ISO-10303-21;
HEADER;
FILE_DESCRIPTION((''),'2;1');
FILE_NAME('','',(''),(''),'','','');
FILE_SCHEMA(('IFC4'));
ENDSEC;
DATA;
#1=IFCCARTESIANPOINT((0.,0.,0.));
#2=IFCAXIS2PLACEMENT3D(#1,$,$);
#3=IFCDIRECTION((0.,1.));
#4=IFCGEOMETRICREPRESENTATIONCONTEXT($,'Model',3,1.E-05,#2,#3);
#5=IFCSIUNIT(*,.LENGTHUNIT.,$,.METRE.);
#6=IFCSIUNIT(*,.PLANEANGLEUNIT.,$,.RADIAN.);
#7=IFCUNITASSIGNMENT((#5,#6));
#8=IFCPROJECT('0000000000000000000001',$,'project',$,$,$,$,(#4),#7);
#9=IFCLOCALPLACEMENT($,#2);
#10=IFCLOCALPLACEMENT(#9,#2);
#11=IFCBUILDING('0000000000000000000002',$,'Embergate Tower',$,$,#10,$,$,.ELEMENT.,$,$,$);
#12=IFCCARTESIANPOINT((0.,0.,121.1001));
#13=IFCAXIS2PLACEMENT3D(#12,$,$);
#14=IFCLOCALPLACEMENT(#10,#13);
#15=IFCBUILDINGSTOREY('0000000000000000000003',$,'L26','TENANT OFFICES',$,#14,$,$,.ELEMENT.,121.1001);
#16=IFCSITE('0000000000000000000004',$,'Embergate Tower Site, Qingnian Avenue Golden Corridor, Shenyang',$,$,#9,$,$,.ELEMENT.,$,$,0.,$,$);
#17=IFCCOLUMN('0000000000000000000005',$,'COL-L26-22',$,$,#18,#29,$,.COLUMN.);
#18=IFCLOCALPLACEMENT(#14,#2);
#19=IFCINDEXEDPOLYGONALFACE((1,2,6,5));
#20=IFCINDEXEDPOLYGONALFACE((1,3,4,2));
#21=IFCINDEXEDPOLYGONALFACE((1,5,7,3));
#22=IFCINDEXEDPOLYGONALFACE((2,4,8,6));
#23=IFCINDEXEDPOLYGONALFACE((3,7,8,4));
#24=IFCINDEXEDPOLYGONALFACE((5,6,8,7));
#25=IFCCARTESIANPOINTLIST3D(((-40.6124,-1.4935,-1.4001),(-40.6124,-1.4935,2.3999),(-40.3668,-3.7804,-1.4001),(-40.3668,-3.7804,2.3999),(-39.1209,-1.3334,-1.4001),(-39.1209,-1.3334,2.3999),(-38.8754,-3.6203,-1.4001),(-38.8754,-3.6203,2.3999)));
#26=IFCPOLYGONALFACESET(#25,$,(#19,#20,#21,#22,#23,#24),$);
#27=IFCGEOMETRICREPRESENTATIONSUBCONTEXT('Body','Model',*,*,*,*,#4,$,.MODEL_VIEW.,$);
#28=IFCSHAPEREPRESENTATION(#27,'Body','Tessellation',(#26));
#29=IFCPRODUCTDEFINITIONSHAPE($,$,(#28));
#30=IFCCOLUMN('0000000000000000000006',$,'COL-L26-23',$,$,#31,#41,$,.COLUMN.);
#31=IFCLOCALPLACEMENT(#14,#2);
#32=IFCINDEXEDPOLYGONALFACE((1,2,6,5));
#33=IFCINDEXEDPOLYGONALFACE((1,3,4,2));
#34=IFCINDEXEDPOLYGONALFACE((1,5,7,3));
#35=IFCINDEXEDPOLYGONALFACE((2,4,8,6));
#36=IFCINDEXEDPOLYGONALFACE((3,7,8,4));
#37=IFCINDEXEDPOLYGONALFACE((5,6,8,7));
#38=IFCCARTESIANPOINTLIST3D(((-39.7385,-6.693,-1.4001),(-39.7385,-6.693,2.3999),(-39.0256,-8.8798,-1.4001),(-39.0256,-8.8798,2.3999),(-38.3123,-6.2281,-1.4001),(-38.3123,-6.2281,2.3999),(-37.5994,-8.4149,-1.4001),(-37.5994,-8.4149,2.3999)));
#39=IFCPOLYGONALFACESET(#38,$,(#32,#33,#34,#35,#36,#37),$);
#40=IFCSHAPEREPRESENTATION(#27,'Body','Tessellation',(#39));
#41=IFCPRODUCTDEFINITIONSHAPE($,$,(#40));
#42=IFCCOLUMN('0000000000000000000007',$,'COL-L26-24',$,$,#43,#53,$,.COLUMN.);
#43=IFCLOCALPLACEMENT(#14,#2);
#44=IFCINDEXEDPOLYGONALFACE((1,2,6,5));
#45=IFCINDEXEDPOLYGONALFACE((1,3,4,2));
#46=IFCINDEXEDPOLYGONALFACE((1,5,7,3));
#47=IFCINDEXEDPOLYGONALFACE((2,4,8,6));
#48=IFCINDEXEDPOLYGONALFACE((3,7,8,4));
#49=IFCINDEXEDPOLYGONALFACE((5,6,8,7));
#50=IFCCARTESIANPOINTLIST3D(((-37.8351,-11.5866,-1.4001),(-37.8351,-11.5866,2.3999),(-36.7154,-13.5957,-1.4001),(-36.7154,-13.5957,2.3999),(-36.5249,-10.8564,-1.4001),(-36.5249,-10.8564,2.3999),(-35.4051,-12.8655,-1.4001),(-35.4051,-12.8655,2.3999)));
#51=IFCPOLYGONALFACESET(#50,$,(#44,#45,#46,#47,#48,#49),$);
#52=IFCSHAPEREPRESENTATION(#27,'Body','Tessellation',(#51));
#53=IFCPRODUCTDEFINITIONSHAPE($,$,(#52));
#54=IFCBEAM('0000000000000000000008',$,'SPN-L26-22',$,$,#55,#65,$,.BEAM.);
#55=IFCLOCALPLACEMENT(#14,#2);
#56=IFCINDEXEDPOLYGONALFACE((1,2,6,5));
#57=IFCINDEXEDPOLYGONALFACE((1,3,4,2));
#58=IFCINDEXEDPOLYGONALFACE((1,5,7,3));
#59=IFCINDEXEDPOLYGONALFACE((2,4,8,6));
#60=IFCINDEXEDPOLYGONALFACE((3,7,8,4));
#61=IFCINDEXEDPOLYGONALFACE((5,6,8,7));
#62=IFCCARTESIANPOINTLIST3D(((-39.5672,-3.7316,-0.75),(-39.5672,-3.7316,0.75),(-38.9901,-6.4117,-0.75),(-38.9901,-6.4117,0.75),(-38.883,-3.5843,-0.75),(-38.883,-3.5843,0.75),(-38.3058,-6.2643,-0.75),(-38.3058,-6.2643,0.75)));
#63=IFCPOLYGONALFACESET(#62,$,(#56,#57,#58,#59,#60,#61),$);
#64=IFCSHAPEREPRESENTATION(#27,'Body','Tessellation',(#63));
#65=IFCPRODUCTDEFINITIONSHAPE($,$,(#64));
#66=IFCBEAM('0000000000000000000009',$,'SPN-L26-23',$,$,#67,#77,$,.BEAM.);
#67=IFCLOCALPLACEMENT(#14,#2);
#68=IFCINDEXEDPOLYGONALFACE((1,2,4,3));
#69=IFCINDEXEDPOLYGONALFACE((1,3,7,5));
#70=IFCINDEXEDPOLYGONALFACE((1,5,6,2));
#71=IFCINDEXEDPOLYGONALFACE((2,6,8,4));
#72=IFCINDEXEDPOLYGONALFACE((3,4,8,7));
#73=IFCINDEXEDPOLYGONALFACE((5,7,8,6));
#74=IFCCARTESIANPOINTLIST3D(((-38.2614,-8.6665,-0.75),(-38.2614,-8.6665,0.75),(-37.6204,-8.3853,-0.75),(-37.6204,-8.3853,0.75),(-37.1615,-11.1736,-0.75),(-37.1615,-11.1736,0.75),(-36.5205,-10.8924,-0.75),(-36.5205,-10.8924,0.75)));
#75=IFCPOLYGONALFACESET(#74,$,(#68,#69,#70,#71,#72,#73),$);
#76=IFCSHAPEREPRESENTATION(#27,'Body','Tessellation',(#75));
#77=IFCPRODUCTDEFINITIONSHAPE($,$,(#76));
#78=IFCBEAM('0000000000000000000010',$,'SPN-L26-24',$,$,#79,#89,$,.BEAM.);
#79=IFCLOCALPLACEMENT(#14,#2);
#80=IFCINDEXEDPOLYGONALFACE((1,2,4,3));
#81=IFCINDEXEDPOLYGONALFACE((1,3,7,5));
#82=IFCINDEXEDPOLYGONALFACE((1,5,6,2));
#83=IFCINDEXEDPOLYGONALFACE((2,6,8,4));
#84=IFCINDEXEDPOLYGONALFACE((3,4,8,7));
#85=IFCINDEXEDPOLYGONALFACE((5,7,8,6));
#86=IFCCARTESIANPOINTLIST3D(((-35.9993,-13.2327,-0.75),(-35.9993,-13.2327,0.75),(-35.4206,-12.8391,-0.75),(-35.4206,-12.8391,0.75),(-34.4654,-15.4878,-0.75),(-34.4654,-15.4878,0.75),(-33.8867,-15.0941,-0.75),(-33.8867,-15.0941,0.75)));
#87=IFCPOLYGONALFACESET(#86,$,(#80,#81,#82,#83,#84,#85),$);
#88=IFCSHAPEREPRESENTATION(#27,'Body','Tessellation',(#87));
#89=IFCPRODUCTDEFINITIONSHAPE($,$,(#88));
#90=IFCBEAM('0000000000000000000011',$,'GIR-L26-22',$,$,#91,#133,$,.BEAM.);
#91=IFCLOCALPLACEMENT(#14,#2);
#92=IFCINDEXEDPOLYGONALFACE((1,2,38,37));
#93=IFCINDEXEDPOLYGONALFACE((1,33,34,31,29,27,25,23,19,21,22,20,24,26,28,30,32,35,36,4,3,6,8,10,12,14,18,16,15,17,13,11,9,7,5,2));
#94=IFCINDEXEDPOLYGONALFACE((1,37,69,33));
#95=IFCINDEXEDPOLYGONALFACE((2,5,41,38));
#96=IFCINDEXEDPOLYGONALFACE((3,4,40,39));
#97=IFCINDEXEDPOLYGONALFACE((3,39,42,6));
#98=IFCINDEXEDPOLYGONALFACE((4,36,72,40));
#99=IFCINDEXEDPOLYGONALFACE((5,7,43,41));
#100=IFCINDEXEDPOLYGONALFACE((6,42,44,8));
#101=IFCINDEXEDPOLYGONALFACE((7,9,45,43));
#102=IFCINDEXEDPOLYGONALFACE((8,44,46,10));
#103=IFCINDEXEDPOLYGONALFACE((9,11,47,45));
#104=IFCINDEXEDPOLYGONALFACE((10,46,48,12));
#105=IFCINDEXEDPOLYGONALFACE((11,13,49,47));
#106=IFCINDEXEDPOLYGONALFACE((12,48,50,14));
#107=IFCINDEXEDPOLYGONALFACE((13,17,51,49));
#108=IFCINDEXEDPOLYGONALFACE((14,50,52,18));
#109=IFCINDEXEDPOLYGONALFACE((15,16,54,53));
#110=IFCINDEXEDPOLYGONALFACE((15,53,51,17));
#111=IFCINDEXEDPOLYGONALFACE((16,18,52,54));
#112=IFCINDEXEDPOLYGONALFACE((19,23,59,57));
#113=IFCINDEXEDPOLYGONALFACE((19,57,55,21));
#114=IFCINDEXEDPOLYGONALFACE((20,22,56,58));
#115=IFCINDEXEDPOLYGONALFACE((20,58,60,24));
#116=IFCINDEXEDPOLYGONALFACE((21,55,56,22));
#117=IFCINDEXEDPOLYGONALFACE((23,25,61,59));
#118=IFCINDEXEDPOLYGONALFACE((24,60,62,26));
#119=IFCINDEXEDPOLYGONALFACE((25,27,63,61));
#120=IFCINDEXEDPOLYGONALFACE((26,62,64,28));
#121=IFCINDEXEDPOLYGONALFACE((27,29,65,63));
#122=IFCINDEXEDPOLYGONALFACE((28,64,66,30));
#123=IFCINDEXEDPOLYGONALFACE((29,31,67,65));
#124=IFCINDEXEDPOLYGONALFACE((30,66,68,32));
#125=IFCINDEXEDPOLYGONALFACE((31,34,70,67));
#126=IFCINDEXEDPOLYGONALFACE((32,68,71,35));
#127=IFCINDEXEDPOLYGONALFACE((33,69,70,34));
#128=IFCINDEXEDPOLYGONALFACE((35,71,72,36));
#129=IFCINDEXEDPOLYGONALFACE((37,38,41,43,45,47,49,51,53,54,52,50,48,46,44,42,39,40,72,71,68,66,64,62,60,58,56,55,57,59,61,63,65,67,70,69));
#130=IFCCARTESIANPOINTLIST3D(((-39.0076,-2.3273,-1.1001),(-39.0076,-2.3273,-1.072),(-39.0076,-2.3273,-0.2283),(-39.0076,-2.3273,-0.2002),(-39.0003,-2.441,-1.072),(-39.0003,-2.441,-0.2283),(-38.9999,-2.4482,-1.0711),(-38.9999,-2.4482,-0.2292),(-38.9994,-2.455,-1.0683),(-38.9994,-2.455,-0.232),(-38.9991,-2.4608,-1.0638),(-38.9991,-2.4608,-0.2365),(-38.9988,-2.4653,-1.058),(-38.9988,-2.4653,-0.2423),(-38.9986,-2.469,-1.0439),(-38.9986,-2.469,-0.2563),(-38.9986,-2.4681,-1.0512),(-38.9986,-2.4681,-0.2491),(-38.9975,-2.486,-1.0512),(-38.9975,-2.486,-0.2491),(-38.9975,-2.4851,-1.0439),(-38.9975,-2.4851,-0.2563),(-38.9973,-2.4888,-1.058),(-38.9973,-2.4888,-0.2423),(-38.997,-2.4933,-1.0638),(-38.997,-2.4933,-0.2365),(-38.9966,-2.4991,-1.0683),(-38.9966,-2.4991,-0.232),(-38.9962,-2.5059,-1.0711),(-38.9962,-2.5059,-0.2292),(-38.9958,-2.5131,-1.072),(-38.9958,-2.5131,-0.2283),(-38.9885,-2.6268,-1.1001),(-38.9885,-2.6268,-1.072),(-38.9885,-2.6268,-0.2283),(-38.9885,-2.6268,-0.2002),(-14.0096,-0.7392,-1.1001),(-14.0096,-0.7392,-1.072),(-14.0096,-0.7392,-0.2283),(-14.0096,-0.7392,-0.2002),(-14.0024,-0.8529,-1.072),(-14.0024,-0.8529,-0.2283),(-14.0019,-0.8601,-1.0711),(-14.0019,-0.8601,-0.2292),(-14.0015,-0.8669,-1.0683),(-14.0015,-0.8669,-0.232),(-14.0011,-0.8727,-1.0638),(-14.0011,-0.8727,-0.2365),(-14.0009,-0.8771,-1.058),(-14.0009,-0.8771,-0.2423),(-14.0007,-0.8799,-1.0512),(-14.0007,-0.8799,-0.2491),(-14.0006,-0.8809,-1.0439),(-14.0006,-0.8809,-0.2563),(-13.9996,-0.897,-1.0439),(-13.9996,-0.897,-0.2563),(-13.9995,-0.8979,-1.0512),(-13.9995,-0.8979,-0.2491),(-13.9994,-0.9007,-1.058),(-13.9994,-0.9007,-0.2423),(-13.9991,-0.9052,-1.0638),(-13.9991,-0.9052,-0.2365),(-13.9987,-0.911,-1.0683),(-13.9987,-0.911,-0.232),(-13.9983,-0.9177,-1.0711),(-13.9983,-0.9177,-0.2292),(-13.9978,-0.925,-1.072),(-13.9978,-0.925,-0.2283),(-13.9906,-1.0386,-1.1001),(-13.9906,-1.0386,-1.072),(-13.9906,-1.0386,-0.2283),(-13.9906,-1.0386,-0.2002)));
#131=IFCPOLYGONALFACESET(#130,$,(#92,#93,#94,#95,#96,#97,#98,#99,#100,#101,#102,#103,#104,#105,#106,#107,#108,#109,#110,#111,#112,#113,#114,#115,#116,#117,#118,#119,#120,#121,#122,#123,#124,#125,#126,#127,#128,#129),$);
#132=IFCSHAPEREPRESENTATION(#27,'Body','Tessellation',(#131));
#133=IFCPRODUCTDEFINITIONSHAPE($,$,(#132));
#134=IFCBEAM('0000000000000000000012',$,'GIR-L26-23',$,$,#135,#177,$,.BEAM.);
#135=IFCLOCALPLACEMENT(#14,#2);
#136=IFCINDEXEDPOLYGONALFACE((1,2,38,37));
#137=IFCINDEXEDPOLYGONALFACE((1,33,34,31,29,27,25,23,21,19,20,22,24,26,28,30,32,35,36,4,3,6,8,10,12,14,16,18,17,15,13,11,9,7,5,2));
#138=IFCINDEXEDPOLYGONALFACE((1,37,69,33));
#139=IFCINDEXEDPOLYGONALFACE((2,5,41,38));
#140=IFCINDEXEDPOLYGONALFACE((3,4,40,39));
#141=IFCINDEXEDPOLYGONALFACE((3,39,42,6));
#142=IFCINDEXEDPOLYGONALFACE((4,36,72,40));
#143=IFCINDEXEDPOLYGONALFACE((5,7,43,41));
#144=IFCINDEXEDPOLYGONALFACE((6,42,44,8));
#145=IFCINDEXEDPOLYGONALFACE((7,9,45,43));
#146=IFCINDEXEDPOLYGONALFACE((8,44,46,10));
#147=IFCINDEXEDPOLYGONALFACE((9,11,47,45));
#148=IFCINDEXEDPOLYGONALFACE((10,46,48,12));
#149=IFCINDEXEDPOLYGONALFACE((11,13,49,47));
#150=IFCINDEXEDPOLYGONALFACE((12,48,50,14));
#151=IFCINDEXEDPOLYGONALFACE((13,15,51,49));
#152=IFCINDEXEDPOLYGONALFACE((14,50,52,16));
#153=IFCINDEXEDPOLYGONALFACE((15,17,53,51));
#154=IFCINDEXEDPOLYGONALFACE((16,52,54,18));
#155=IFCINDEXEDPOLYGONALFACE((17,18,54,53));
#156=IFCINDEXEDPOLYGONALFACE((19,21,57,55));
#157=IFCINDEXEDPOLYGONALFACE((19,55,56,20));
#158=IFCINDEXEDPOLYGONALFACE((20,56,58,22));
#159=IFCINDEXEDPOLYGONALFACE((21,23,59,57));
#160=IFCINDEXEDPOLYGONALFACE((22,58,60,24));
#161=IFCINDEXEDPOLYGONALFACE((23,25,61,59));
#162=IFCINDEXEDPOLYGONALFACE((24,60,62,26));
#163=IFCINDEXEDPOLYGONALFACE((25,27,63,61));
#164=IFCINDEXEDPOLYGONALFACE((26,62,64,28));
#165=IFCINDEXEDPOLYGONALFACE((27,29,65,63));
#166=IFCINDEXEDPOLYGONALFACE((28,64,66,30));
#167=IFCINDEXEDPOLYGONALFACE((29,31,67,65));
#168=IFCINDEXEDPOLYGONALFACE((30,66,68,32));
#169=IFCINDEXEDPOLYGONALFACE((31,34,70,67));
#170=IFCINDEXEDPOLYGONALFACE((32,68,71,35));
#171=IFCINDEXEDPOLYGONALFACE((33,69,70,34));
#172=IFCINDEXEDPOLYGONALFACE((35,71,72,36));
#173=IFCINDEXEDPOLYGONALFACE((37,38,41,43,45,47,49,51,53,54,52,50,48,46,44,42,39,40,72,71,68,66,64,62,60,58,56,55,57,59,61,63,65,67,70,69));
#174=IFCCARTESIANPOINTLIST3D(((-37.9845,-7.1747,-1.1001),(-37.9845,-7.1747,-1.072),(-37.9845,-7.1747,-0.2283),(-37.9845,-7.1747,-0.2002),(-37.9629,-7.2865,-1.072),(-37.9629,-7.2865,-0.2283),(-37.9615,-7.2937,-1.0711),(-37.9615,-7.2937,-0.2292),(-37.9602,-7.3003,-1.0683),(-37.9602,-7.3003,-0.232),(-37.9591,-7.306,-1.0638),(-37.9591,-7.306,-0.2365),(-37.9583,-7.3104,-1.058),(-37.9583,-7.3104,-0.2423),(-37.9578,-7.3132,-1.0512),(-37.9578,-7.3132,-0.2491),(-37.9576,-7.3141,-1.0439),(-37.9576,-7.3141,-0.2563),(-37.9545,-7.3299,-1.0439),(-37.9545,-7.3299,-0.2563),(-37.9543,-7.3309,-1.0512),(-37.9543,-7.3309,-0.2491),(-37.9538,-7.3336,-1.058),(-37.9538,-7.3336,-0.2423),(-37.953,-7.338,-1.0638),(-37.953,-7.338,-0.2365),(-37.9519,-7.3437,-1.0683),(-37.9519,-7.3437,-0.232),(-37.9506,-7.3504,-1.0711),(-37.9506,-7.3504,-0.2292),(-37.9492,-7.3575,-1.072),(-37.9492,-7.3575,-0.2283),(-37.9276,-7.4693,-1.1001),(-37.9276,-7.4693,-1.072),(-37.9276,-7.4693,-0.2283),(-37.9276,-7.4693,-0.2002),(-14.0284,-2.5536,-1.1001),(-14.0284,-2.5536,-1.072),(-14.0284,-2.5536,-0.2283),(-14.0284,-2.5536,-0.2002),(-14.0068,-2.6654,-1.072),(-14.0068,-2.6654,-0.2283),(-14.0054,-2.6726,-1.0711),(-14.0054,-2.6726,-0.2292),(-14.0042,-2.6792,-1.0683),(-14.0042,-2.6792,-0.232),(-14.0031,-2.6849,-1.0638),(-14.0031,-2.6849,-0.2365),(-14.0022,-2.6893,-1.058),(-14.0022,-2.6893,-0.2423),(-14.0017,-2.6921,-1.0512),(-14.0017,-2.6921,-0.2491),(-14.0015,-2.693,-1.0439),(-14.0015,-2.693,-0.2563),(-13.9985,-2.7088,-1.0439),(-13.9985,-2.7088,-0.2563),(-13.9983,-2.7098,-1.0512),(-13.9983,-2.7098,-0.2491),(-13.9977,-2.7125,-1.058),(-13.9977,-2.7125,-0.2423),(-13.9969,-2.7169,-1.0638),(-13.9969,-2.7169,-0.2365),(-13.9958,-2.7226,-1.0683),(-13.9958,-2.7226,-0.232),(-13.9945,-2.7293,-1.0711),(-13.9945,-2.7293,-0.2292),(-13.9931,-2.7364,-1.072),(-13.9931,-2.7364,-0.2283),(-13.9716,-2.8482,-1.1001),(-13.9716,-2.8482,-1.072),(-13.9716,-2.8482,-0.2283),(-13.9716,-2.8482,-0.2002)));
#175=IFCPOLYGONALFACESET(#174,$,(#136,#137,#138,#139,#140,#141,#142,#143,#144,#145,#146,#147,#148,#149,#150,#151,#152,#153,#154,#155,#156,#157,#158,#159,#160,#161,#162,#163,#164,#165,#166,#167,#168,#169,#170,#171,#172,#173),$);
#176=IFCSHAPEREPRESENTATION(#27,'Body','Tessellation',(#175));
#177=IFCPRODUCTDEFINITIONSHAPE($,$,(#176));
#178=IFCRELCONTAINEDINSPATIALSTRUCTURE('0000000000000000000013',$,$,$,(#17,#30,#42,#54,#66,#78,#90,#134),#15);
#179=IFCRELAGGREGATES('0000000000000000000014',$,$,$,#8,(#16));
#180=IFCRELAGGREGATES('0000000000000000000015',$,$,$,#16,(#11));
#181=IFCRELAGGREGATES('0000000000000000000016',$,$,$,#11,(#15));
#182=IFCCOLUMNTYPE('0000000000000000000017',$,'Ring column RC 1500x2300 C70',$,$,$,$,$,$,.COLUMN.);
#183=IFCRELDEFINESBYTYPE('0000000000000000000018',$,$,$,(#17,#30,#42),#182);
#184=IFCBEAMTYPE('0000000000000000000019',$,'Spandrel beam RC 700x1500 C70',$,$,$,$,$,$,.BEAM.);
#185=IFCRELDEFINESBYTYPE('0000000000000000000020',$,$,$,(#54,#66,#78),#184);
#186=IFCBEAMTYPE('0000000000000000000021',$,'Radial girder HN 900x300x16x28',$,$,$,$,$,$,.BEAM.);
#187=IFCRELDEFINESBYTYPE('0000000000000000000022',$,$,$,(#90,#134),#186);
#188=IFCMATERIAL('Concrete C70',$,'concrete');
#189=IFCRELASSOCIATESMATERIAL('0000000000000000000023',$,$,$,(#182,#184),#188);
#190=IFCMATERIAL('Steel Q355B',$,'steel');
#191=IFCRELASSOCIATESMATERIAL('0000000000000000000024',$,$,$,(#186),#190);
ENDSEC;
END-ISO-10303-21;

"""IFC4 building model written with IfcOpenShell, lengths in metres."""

from ifc_helpers import new_model, si_unit, direction, frame, origin, origin_2d, place, context, subcontext, project, spatial, rectangle, i_section, extrude, source, transform, mapped, material, material_profile, profile_set, type_object, element, save


model = new_model("IFC4")

# Units and contexts
model_context = context("Model", 3, precision=1e-05, world=origin(), true_north=direction((0.0, 1.0)))
body_context = subcontext(model_context, "Body", "Model", "MODEL_VIEW")
ifc_project = project(units=[si_unit("LENGTHUNIT", "METRE"), si_unit("PLANEANGLEUNIT", "RADIAN")], contexts=[model_context])

# Site, building, storey
site_placement = place(None, origin())
site = spatial("IfcSite", under=ifc_project, at=site_placement, Name="Embergate Tower Site, Qingnian Avenue Golden Corridor, Shenyang", CompositionType="ELEMENT", RefElevation=0.0)
building_placement = place(site_placement, origin())
building = spatial("IfcBuilding", under=site, at=building_placement, Name="Embergate Tower", CompositionType="ELEMENT")
storey_placement = place(building_placement, frame((0.0, 0.0, 121.1001)))
storey = spatial("IfcBuildingStorey", under=building, at=storey_placement, Name="L26", Description="TENANT OFFICES", CompositionType="ELEMENT", Elevation=121.1001)

# Columns
ifc_material_1 = material(Name="Concrete C70", Category="concrete")
ifc_material_profile_1 = material_profile(ifc_material_1, rectangle(XDim=1.5, YDim=2.3, at=origin_2d()), Name="RC 1500x2300")
ifc_profile_set_1 = profile_set([ifc_material_profile_1], Name="Concrete C70")
column_type = type_object("IfcColumnType", Name="Ring column RC 1500x2300 C70", PredefinedType="COLUMN", material=ifc_profile_set_1)
shared_shape_1 = source(origin(), body_context, "Body", "SweptSolid", [
    extrude(rectangle(XDim=1.5, YDim=2.3, at=origin_2d()), origin(), (0.0, 0.0, 1.0), 3.8),
])
for number, where, z_axis, x_axis, name in (
    (1, (-39.7439, -2.5569, -1.4001), (0.0, 0.0, 1.0), (-0.994286, -0.10675, 0.0), "COL-L26-22"),
    (2, (-38.6689, -7.554, -1.4001), (0.0, 0.0, 1.0), (-0.950754, -0.309946, 0.0), "COL-L26-23"),
    (3, (-36.6201, -12.2261, -1.4001), (0.0, 0.0, 1.0), (-0.8735, -0.486823, 0.0), "COL-L26-24"),
):
    element("IfcColumn", number, at=place(storey_placement, frame(where, z_axis=z_axis, x_axis=x_axis)), inside=storey, type_object=column_type, Name=name, PredefinedType="COLUMN", context=body_context, shape_type="MappedRepresentation", body=[
        mapped(shared_shape_1, transform((0.0, 0.0, 0.0))),
    ])

# Beams
ifc_material_profile_2 = material_profile(ifc_material_1, rectangle(XDim=0.7, YDim=1.5, at=origin_2d()), Name="RC 700x1500")
ifc_profile_set_2 = profile_set([ifc_material_profile_2], Name="Concrete C70")
beam_type_1 = type_object("IfcBeamType", Name="Spandrel beam RC 700x1500 C70", PredefinedType="BEAM", material=ifc_profile_set_2)
shared_shape_2 = source(origin(), body_context, "Body", "SweptSolid", [
    extrude(rectangle(XDim=0.7, YDim=1.5, at=origin_2d()), origin(), (0.0, 0.0, 1.0), 2.7415),
])
beam_1_placement = place(storey_placement, frame((-39.2251, -3.658, 0.0), z_axis=(0.210533, -0.977587, 0.0), x_axis=(0.977587, 0.210533, 0.0)))
element("IfcBeam", 4, at=beam_1_placement, inside=storey, type_object=beam_type_1, Name="SPN-L26-22", PredefinedType="BEAM", context=body_context, shape_type="MappedRepresentation", body=[
    mapped(shared_shape_2, transform((0.0, 0.0, 0.0))),
])
shared_shape_3 = source(origin(), body_context, "Body", "SweptSolid", [
    extrude(rectangle(XDim=0.7, YDim=1.5, at=origin_2d()), origin(), (0.0, 0.0, 1.0), 2.7378),
])
beam_2_placement = place(storey_placement, frame((-37.9409, -8.5259, 0.0), z_axis=(0.40174, -0.915754, 0.0), x_axis=(0.915754, 0.40174, 0.0)))
element("IfcBeam", 5, at=beam_2_placement, inside=storey, type_object=beam_type_1, Name="SPN-L26-23", PredefinedType="BEAM", context=body_context, shape_type="MappedRepresentation", body=[
    mapped(shared_shape_3, transform((0.0, 0.0, 0.0))),
])
shared_shape_4 = source(origin(), body_context, "Body", "SweptSolid", [
    extrude(rectangle(XDim=0.7, YDim=1.5, at=origin_2d()), origin(), (0.0, 0.0, 1.0), 2.7273),
])
beam_3_placement = place(storey_placement, frame((-35.71, -13.0359, 0.0), z_axis=(0.562423, -0.82685, 0.0), x_axis=(0.82685, 0.562423, 0.0)))
element("IfcBeam", 6, at=beam_3_placement, inside=storey, type_object=beam_type_1, Name="SPN-L26-24", PredefinedType="BEAM", context=body_context, shape_type="MappedRepresentation", body=[
    mapped(shared_shape_4, transform((0.0, 0.0, 0.0))),
])
ifc_material_2 = material(Name="Steel Q355B", Category="steel")
ifc_material_profile_3 = material_profile(ifc_material_2, i_section(OverallWidth=0.3, OverallDepth=0.8999, WebThickness=0.0161, FlangeThickness=0.0281, FilletRadius=0.0281, at=origin_2d()), Name="HN 900x300x16x28")
ifc_profile_set_3 = profile_set([ifc_material_profile_3], Name="Steel Q355 grade B")
beam_type_2 = type_object("IfcBeamType", Name="Radial girder HN 900x300x16x28", PredefinedType="BEAM", material=ifc_profile_set_3)
shared_shape_5 = source(origin(), body_context, "Body", "SweptSolid", [
    extrude(i_section(OverallWidth=0.3, OverallDepth=0.8999, WebThickness=0.0161, FlangeThickness=0.0281, FilletRadius=0.0281, at=origin_2d()), origin(), (0.0, 0.0, 1.0), 25.0483),
])
beam_4_placement = place(storey_placement, frame((-38.998, -2.4771, -0.6501), z_axis=(0.997988, 0.063403, 0.0), x_axis=(-0.063403, 0.997988, 0.0)))
element("IfcBeam", 7, at=beam_4_placement, inside=storey, type_object=beam_type_2, Name="GIR-L26-22", PredefinedType="BEAM", context=body_context, shape_type="MappedRepresentation", body=[
    mapped(shared_shape_5, transform((0.0, 0.0, 0.0))),
])
shared_shape_6 = source(origin(), body_context, "Body", "SweptSolid", [
    extrude(i_section(OverallWidth=0.3, OverallDepth=0.8999, WebThickness=0.0161, FlangeThickness=0.0281, FilletRadius=0.0281, at=origin_2d()), origin(), (0.0, 0.0, 1.0), 24.3977),
])
beam_5_placement = place(storey_placement, frame((-37.9561, -7.322, -0.6501), z_axis=(0.981899, 0.189407, 0.0), x_axis=(-0.189407, 0.981899, 0.0)))
element("IfcBeam", 8, at=beam_5_placement, inside=storey, type_object=beam_type_2, Name="GIR-L26-23", PredefinedType="BEAM", context=body_context, shape_type="MappedRepresentation", body=[
    mapped(shared_shape_6, transform((0.0, 0.0, 0.0))),
])

save(model, "model.ifc")
